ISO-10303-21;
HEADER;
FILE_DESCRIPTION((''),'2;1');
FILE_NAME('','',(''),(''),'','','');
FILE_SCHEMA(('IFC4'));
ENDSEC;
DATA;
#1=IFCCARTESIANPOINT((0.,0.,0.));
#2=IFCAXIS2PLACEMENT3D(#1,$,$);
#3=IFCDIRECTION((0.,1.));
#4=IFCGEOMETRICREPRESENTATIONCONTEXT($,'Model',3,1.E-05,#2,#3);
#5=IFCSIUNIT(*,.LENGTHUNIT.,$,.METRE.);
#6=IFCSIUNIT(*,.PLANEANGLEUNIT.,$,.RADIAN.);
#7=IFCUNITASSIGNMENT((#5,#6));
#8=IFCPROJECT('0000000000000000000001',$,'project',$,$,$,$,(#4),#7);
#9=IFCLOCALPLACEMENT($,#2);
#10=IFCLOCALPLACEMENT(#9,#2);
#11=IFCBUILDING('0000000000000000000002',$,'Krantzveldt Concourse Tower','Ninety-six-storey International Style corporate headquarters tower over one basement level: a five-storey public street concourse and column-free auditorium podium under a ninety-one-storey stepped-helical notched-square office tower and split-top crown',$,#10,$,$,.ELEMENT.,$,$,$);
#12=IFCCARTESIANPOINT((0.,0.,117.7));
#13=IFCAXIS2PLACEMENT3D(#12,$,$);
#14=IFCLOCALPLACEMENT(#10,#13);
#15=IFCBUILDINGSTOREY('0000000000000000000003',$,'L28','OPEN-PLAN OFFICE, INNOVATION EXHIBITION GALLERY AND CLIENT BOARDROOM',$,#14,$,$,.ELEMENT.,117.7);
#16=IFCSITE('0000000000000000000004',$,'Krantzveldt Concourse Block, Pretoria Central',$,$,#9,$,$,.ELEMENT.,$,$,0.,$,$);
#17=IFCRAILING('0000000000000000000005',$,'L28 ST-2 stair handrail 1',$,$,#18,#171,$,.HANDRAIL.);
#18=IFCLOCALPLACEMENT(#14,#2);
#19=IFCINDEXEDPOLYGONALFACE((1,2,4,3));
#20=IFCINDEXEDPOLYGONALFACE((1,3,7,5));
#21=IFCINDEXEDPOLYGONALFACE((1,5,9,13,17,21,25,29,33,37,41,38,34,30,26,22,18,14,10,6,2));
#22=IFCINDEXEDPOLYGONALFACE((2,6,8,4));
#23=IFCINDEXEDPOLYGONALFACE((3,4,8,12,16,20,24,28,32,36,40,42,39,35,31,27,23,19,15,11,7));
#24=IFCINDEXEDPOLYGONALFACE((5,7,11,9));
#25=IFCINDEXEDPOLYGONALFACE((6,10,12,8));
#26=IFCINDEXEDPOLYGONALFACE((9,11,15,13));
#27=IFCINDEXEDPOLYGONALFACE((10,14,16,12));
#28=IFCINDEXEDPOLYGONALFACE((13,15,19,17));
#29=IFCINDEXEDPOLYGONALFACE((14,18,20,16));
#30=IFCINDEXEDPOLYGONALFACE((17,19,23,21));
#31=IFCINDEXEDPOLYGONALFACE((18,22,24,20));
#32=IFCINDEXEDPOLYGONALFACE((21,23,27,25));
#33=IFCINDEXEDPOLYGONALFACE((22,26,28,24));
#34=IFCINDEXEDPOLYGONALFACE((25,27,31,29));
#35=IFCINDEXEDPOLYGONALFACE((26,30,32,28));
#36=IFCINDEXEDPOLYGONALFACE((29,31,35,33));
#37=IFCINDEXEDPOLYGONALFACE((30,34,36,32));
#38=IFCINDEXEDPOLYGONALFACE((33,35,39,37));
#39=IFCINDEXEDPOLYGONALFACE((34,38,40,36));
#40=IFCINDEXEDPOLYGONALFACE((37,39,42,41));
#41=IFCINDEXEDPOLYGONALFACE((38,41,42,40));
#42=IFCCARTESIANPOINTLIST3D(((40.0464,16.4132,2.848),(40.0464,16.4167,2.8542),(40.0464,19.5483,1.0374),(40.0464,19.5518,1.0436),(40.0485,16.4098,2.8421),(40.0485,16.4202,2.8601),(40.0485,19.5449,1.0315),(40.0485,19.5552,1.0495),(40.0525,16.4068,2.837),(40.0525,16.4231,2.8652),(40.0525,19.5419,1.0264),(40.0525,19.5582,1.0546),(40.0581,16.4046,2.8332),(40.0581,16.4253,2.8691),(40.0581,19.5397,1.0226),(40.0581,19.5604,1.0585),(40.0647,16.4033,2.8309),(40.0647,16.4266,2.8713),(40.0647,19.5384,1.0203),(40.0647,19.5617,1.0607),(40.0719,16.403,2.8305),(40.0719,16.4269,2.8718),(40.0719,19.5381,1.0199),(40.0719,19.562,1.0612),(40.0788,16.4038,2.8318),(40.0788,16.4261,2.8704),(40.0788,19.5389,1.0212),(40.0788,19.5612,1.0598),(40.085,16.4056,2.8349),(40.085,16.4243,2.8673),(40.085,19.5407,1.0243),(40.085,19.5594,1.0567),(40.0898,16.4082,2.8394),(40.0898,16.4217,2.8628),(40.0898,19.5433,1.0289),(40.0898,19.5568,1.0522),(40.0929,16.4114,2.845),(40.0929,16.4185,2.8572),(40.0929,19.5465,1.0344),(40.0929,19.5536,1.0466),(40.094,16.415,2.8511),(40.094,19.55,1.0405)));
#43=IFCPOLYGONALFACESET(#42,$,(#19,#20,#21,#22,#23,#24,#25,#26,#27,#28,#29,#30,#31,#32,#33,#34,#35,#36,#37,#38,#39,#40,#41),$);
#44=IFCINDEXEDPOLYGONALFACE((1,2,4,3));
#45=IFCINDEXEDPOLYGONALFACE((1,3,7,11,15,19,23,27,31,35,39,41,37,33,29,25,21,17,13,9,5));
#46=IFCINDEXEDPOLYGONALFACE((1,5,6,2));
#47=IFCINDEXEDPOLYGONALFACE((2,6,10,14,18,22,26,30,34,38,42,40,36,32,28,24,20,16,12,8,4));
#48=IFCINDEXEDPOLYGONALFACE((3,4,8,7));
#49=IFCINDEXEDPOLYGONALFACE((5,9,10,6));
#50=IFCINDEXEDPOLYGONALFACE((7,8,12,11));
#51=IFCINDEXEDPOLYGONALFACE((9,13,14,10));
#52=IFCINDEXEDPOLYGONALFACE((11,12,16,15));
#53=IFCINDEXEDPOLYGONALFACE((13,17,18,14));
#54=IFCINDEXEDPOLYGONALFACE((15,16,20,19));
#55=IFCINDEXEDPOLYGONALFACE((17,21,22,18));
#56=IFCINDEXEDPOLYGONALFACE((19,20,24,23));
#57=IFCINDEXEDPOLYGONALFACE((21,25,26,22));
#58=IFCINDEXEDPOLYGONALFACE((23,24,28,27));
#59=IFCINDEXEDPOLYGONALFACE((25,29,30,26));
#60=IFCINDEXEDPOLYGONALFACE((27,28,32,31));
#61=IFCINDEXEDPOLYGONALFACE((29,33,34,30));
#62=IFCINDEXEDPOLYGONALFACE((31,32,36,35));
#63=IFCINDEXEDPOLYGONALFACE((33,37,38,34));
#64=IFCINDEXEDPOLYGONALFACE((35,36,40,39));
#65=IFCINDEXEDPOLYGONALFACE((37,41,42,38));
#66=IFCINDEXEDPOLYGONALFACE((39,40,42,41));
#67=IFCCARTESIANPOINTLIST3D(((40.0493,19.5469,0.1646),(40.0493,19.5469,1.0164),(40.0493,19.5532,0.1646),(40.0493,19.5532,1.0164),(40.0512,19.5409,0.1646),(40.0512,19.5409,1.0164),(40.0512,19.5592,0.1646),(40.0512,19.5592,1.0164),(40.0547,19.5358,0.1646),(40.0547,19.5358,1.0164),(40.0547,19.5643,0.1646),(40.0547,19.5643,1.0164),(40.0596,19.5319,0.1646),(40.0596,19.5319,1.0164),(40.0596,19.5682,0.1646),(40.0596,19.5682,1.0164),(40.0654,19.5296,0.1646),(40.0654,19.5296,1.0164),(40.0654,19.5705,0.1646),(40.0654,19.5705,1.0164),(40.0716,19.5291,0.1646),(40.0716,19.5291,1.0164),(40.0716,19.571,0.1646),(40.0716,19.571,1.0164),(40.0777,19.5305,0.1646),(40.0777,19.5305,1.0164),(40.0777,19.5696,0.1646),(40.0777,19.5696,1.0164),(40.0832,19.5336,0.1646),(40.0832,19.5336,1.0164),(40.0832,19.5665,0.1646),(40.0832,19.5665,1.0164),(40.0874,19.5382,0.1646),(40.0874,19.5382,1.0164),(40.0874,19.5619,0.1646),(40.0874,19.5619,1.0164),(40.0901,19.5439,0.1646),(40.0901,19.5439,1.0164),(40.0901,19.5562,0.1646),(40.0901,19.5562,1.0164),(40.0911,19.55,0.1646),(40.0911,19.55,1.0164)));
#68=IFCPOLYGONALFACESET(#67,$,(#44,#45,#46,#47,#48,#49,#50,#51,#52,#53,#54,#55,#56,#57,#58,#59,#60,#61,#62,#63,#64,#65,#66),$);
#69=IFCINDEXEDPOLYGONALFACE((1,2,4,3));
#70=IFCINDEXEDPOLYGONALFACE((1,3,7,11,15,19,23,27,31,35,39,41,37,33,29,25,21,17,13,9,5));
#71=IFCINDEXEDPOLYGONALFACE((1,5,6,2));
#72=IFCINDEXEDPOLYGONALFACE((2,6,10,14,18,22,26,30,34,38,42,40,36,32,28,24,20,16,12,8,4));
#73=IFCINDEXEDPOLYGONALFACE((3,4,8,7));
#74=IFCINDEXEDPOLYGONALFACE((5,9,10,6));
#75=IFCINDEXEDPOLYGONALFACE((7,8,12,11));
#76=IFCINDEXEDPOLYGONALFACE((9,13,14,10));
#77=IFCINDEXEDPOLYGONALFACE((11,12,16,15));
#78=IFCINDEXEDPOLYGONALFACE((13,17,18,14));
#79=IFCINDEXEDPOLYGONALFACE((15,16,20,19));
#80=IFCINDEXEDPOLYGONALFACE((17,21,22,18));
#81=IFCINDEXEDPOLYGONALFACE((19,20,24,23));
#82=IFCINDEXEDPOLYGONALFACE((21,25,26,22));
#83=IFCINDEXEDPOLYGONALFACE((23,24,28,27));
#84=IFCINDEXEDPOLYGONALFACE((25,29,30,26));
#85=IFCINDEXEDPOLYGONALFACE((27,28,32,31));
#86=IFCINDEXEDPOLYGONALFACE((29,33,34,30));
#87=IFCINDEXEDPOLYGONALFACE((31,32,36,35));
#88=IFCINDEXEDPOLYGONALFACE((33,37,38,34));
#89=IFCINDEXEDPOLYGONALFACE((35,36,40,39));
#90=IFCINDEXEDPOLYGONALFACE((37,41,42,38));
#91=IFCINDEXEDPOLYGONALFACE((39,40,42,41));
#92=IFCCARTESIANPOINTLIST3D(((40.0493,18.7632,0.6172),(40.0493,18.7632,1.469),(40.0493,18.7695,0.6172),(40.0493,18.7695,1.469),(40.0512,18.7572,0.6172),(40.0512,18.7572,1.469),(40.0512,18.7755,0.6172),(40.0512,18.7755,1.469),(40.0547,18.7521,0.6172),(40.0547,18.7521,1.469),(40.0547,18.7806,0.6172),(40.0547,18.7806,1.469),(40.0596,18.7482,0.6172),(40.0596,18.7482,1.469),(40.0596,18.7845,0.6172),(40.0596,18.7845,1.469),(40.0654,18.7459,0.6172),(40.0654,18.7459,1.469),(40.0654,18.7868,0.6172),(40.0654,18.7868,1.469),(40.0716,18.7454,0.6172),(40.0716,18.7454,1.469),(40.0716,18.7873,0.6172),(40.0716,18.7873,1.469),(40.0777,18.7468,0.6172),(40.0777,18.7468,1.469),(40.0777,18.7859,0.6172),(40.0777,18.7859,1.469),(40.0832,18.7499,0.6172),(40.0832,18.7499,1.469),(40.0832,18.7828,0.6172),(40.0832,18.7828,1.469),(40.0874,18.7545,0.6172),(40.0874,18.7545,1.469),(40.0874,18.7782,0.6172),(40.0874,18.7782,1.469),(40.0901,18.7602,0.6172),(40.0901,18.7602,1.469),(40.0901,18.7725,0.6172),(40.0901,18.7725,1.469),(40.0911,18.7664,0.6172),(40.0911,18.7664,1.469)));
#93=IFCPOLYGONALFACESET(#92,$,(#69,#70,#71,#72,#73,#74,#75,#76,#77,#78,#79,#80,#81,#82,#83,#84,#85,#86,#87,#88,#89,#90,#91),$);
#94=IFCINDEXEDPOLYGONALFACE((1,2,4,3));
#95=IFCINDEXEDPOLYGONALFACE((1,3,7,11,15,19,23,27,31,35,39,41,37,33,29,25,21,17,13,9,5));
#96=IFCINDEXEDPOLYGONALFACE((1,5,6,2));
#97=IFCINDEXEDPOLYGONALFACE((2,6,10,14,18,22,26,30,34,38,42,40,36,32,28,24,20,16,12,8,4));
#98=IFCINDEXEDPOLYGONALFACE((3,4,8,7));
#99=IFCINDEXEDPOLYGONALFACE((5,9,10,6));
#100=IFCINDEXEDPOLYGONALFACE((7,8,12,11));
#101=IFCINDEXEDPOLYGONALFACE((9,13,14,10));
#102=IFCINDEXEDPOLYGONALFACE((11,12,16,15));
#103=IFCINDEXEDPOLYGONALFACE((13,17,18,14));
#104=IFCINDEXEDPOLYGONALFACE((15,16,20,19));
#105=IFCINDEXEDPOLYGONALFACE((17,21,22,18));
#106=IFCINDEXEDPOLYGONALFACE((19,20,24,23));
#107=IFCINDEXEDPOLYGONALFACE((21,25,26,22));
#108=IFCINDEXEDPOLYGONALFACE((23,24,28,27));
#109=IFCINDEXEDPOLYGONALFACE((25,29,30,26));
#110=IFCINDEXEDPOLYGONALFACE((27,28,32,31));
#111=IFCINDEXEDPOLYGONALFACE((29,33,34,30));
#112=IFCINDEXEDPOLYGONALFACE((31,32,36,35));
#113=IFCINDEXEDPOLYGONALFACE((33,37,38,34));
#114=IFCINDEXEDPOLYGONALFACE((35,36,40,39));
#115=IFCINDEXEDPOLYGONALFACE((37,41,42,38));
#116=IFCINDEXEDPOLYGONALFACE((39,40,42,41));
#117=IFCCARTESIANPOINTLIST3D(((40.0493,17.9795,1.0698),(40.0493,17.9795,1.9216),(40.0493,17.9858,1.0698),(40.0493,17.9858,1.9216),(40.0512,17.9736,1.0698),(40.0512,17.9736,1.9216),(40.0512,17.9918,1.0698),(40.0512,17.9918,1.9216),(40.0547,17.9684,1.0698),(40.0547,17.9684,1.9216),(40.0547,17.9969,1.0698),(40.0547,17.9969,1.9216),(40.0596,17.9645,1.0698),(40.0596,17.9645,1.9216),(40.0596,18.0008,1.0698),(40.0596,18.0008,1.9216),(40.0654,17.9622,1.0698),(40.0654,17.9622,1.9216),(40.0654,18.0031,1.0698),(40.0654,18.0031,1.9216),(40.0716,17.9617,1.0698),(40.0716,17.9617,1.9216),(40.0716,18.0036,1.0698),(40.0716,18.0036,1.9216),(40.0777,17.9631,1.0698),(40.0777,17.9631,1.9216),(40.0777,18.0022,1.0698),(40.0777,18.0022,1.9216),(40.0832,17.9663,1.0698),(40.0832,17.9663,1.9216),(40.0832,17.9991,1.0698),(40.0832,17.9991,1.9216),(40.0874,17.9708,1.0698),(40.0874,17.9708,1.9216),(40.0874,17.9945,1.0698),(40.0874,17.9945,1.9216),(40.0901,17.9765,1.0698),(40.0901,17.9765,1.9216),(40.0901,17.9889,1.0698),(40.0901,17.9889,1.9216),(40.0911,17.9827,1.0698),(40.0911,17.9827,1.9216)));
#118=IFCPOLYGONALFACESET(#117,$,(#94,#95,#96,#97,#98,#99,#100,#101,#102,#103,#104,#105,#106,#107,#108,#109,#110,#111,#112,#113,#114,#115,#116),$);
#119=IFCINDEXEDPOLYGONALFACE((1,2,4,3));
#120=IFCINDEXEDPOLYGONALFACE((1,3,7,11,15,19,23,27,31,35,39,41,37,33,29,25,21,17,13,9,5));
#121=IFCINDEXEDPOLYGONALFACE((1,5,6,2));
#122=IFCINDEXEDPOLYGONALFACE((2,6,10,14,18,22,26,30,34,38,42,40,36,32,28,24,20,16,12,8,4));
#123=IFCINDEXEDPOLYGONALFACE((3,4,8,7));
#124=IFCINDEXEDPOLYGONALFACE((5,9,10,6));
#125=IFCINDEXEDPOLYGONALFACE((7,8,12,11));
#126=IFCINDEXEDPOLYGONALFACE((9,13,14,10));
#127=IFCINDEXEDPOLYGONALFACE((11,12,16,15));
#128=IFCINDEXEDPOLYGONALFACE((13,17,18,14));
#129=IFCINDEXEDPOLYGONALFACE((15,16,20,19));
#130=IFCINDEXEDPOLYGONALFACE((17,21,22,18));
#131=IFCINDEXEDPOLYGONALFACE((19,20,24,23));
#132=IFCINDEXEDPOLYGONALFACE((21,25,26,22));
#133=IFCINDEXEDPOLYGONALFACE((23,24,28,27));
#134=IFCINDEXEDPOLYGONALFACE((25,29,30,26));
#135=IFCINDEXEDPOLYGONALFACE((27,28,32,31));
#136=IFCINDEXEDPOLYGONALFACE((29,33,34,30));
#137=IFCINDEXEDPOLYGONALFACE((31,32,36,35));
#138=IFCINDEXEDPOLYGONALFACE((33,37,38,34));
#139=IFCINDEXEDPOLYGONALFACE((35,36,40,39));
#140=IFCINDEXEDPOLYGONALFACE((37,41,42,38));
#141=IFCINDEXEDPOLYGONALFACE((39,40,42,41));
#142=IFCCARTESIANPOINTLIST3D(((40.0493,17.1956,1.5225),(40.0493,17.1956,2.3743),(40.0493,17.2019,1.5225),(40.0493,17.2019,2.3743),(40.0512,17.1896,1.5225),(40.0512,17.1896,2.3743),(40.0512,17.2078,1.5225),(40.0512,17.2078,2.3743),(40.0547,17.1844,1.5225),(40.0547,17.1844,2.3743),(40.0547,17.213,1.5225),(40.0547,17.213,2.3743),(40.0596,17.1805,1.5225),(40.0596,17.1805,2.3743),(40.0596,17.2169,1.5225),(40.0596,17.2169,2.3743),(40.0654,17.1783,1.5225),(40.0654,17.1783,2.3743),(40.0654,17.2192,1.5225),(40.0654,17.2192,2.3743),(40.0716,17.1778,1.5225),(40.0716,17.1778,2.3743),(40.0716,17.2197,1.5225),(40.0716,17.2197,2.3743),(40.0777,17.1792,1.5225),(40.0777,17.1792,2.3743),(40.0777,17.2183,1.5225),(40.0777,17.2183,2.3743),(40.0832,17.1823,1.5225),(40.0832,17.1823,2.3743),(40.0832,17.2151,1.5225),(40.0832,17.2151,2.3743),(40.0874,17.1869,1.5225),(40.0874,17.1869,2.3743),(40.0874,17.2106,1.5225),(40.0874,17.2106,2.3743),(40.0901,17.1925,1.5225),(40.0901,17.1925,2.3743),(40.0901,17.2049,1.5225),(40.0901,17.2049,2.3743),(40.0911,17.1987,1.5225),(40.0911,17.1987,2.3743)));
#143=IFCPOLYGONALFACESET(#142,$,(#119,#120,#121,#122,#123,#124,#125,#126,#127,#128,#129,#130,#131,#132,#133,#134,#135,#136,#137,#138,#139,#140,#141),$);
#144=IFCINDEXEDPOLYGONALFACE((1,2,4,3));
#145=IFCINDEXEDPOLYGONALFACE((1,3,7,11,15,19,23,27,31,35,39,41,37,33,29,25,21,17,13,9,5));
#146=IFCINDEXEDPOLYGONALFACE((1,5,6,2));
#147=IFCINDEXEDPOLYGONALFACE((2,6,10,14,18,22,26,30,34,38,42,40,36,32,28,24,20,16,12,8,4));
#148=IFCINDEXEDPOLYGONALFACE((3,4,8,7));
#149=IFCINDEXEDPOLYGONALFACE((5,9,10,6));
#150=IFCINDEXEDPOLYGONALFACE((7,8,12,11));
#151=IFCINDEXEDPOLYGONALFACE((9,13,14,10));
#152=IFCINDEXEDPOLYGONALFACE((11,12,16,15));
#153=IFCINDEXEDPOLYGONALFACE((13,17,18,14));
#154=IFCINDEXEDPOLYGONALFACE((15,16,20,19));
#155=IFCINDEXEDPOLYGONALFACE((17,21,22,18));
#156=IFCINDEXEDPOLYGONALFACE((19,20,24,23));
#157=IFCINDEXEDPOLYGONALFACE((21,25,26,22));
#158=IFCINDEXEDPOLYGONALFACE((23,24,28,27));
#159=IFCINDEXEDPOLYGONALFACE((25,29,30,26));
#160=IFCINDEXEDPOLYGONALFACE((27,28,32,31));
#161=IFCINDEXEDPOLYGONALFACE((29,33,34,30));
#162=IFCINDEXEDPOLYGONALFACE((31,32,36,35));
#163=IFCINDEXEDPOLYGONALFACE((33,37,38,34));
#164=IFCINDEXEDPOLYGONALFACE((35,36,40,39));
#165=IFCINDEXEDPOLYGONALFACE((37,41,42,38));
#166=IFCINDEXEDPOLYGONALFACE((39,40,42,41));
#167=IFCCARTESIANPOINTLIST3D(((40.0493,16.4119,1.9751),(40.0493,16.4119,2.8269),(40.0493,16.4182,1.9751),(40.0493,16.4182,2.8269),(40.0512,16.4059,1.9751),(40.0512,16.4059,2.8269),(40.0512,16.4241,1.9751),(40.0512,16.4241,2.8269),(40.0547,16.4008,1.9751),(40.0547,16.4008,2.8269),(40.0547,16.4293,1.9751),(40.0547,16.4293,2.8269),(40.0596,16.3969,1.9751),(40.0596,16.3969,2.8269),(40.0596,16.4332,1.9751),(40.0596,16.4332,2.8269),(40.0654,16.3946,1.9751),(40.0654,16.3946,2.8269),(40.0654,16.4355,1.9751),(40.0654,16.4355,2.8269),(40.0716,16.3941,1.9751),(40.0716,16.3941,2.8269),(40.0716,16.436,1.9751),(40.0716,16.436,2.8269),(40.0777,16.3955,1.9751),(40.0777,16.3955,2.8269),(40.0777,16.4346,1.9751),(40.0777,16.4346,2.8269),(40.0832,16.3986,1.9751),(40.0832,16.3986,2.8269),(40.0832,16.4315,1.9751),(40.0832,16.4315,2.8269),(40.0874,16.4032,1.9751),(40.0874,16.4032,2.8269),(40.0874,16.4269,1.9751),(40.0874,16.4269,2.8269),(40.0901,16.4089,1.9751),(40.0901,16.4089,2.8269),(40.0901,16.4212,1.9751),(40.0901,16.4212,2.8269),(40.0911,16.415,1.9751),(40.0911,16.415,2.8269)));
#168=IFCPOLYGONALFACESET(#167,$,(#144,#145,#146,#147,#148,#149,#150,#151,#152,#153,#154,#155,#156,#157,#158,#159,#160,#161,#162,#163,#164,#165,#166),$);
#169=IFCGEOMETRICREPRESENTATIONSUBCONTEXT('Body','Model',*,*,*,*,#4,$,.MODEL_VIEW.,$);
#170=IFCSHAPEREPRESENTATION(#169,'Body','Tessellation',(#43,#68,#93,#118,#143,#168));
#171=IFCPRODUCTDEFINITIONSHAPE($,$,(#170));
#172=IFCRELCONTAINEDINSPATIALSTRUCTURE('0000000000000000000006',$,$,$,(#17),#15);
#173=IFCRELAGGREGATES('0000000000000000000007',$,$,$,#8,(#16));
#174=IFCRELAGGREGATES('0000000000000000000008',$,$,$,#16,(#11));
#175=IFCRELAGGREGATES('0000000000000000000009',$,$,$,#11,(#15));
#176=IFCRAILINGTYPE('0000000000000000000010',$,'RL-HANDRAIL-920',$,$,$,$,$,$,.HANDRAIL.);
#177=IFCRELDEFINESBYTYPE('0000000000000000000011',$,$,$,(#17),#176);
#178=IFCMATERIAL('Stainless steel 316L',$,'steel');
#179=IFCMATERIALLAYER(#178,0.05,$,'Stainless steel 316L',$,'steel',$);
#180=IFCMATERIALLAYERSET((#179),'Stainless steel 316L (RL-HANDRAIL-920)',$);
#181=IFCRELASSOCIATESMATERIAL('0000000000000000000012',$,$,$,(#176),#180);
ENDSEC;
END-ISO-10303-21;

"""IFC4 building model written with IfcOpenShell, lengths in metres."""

from ifc_helpers import new_model, si_unit, direction, frame, origin, origin_2d, place, context, subcontext, project, spatial, circle, extrude, material, layer, layer_set, type_object, element, save


model = new_model("IFC4")

# Units and contexts
model_context = context("Model", 3, precision=1e-05, world=origin(), true_north=direction((0.0, 1.0)))
body_context = subcontext(model_context, "Body", "Model", "MODEL_VIEW")
ifc_project = project(units=[si_unit("LENGTHUNIT", "METRE"), si_unit("PLANEANGLEUNIT", "RADIAN")], contexts=[model_context])

# Site, building, storey
site_placement = place(None, origin())
site = spatial("IfcSite", under=ifc_project, at=site_placement, Name="Krantzveldt Concourse Block, Pretoria Central", CompositionType="ELEMENT", RefElevation=0.0)
building_placement = place(site_placement, origin())
building = spatial("IfcBuilding", under=site, at=building_placement, Name="Krantzveldt Concourse Tower", Description="Ninety-six-storey International Style corporate headquarters tower over one basement level: a five-storey public street concourse and column-free auditorium podium under a ninety-one-storey stepped-helical notched-square office tower and split-top crown", CompositionType="ELEMENT")
storey_placement = place(building_placement, frame((0.0, 0.0, 117.7)))
storey = spatial("IfcBuildingStorey", under=building, at=storey_placement, Name="L28", Description="OPEN-PLAN OFFICE, INNOVATION EXHIBITION GALLERY AND CLIENT BOARDROOM", CompositionType="ELEMENT", Elevation=117.7)

# Shared definitions
ifc_material_1 = material(Name="Stainless steel 316L", Category="steel")

# Railing
ifc_layer_1 = layer(ifc_material_1, 0.05, Name="Stainless steel 316L", Category="steel")
ifc_layer_set_1 = layer_set([ifc_layer_1], Name="Stainless steel 316L (RL-HANDRAIL-920)")
railing_type_1 = type_object("IfcRailingType", Name="RL-HANDRAIL-920", PredefinedType="HANDRAIL", material=ifc_layer_set_1)
railing_1_placement = place(storey_placement, frame((40.0701, 19.55, 0.1646)))
element("IfcRailing", 1, at=railing_1_placement, inside=storey, type_object=railing_type_1, Name="L28 ST-2 stair handrail 1", PredefinedType="HANDRAIL", context=body_context, shape_type="SweptSolid", body=[
    extrude(circle(Radius=0.0239, at=origin_2d()), frame((0.0, 0.0, 0.876), z_axis=(0.0, -0.86596, 0.500114), x_axis=(1.0, 0.0, 0.0)), (0.0, 0.0, 1.0), 3.6204),
    extrude(circle(Radius=0.021, at=origin_2d()), origin(), (0.0, 0.0, 1.0), 0.8518),
    extrude(circle(Radius=0.021, at=origin_2d()), frame((0.0, -0.7837, 0.4526)), (0.0, 0.0, 1.0), 0.8518),
    extrude(circle(Radius=0.021, at=origin_2d()), frame((0.0, -1.5674, 0.9053)), (0.0, 0.0, 1.0), 0.8518),
    extrude(circle(Radius=0.021, at=origin_2d()), frame((0.0, -2.3513, 1.3579)), (0.0, 0.0, 1.0), 0.8518),
    extrude(circle(Radius=0.021, at=origin_2d()), frame((0.0, -3.135, 1.8105)), (0.0, 0.0, 1.0), 0.8518),
])

save(model, "model.ifc")
